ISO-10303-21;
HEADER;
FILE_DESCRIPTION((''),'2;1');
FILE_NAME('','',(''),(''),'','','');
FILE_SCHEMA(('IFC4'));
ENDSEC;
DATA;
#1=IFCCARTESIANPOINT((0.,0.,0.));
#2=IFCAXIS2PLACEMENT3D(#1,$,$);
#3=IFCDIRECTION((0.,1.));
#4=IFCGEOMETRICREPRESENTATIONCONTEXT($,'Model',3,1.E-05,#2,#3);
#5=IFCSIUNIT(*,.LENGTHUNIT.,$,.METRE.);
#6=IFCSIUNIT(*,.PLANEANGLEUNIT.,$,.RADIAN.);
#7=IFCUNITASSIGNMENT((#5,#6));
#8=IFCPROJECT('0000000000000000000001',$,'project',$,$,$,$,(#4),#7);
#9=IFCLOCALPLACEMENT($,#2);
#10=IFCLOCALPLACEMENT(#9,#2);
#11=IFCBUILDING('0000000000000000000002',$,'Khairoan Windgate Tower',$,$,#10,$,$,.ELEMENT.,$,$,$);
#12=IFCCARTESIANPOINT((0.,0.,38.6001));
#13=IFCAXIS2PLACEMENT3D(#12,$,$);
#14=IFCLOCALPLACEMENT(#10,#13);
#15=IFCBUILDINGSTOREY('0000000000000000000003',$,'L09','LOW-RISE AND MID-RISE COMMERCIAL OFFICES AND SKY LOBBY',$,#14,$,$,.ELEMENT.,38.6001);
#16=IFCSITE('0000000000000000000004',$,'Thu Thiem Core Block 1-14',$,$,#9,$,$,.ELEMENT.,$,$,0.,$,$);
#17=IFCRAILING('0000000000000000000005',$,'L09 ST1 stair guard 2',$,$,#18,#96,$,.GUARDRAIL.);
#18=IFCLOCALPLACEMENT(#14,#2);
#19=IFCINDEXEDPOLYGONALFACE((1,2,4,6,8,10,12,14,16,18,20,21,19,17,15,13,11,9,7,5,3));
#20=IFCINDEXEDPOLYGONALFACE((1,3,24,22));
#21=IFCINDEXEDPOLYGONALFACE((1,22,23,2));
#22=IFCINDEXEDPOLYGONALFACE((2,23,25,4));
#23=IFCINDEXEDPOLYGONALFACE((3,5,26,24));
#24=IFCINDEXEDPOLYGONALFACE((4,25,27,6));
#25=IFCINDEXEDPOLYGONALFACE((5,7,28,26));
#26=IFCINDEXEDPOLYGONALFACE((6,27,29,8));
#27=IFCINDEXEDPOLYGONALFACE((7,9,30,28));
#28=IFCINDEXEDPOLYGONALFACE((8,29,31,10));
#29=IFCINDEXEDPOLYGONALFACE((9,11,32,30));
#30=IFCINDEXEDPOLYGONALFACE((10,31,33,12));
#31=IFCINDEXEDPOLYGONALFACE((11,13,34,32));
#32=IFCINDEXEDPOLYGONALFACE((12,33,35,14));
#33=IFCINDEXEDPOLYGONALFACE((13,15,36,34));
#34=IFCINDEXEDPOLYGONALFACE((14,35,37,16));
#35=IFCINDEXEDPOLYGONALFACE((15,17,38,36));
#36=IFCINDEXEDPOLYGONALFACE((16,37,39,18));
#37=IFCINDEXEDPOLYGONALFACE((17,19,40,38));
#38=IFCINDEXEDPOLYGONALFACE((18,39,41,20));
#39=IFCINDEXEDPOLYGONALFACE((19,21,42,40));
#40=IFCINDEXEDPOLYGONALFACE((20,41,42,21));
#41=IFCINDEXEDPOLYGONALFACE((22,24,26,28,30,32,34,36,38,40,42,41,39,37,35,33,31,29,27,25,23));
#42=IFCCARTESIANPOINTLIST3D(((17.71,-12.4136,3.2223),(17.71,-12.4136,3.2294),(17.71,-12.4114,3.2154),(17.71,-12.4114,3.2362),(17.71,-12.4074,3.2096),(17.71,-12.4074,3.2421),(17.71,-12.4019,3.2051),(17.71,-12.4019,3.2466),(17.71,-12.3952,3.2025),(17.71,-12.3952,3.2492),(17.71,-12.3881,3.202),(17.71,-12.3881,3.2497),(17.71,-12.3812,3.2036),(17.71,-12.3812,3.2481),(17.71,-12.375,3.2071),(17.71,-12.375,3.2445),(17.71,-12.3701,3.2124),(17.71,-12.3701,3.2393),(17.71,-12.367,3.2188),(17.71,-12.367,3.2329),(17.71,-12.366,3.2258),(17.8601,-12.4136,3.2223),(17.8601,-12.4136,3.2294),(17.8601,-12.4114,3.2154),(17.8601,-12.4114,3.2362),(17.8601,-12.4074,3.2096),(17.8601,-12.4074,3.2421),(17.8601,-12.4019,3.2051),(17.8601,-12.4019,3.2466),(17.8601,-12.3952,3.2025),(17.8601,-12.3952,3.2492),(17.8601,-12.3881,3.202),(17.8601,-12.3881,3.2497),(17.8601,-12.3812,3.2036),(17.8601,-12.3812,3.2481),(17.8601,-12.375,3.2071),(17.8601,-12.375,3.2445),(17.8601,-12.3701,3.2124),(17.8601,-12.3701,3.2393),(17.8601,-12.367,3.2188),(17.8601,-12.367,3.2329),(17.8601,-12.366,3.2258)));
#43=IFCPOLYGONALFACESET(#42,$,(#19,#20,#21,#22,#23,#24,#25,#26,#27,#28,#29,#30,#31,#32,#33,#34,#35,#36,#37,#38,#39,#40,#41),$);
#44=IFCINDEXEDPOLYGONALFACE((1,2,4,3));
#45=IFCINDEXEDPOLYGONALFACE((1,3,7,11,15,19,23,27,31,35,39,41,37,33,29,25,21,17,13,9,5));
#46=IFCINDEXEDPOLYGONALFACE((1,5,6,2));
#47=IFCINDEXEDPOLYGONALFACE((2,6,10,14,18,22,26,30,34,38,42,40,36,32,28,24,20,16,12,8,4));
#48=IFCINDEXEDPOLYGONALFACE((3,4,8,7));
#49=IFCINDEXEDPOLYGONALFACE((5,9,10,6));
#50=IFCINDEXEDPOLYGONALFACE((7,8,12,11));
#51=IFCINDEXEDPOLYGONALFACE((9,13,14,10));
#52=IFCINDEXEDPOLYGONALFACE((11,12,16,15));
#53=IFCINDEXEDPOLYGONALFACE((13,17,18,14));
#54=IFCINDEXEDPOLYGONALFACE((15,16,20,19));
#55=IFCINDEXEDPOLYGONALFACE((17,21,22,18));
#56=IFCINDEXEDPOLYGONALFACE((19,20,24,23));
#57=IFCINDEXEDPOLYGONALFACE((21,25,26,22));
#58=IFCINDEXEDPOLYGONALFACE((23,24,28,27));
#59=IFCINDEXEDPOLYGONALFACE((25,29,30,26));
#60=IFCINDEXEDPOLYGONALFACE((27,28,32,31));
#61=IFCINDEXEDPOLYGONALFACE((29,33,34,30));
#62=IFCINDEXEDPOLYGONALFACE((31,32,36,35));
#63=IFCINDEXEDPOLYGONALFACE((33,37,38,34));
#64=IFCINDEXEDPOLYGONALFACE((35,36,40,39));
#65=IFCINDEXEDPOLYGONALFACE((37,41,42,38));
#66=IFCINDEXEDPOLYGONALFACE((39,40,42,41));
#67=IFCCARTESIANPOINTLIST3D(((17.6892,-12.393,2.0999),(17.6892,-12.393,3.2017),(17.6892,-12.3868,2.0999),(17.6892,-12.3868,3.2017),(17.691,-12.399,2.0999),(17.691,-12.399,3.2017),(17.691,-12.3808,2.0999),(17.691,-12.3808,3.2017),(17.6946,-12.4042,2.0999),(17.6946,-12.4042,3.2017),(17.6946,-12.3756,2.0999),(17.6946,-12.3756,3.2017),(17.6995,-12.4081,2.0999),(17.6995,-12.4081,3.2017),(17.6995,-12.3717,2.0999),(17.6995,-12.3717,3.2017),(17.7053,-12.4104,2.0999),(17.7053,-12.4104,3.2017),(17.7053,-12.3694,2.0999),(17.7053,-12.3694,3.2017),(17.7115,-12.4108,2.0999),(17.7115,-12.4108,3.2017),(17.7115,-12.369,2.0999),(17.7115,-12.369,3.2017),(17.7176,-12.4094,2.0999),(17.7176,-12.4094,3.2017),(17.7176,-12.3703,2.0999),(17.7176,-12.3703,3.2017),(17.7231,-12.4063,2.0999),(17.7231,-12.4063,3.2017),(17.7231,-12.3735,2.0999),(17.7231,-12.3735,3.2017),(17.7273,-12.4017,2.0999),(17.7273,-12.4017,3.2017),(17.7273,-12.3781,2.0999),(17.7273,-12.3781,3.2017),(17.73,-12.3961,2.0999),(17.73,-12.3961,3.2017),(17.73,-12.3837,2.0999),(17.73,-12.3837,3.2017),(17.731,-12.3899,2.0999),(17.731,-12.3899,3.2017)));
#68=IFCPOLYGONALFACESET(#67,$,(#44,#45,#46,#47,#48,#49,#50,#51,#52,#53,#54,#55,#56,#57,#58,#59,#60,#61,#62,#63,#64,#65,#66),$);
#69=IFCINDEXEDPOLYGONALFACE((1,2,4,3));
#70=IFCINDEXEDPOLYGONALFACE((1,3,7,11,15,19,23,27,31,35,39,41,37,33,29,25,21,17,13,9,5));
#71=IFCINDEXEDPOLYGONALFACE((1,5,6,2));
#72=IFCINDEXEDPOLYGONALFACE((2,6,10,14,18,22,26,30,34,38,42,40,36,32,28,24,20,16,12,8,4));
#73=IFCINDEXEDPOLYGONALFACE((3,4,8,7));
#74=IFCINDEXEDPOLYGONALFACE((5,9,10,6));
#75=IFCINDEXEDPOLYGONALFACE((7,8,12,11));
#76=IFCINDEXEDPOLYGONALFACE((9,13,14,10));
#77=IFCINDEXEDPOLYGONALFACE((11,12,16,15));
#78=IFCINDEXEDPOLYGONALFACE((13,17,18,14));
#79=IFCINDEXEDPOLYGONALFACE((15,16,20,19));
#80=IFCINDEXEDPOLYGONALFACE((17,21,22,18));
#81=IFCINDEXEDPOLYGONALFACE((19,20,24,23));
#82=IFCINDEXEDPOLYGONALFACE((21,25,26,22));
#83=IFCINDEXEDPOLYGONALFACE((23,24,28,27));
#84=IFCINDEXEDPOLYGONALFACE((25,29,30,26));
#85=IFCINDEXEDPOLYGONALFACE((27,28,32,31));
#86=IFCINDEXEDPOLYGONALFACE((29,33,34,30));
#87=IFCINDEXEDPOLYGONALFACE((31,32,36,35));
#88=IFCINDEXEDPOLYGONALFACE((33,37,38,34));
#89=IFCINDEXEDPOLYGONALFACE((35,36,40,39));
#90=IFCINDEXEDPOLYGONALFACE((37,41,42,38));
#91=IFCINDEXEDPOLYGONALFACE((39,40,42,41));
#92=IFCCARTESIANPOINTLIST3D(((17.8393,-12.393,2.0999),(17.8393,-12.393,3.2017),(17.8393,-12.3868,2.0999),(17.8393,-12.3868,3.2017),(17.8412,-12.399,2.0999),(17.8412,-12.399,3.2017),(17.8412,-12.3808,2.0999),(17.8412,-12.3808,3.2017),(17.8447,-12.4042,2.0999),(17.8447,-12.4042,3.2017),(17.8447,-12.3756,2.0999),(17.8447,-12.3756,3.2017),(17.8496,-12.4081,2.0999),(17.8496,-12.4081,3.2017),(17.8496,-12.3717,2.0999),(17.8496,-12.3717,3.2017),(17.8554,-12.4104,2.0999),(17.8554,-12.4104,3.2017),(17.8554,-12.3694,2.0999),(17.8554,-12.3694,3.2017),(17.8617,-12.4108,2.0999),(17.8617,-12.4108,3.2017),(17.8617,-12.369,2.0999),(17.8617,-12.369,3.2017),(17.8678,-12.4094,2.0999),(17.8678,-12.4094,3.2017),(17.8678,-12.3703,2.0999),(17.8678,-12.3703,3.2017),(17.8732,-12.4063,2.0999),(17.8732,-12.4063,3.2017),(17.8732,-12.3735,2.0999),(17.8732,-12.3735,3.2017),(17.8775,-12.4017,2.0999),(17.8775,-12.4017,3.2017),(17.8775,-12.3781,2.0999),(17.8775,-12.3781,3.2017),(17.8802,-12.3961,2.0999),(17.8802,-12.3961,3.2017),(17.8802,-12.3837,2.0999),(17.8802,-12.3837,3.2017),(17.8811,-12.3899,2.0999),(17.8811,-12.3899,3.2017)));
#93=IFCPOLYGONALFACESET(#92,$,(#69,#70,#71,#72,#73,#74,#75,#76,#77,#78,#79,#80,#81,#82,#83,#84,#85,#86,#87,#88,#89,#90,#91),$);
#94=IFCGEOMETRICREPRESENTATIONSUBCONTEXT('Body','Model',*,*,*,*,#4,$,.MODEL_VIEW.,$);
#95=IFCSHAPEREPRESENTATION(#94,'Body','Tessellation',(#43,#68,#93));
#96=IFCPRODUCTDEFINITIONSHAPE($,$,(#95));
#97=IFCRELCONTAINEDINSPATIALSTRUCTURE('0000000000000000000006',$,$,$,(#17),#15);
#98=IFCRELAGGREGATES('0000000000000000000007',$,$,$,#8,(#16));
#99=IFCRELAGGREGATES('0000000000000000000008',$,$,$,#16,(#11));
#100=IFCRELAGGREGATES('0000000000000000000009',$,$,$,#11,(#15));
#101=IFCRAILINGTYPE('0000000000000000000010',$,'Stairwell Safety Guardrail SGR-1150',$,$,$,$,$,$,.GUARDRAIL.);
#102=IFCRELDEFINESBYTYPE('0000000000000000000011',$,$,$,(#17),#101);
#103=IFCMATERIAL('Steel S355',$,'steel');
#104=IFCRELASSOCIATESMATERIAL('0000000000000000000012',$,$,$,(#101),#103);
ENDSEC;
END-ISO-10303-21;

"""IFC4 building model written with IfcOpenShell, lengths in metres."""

from ifc_helpers import new_model, si_unit, direction, frame, origin, origin_2d, place, context, subcontext, project, spatial, circle, extrude, material, type_object, element, save


model = new_model("IFC4")

# Units and contexts
model_context = context("Model", 3, precision=1e-05, world=origin(), true_north=direction((0.0, 1.0)))
body_context = subcontext(model_context, "Body", "Model", "MODEL_VIEW")
ifc_project = project(units=[si_unit("LENGTHUNIT", "METRE"), si_unit("PLANEANGLEUNIT", "RADIAN")], contexts=[model_context])

# Site, building, storey
site_placement = place(None, origin())
site = spatial("IfcSite", under=ifc_project, at=site_placement, Name="Thu Thiem Core Block 1-14", CompositionType="ELEMENT", RefElevation=0.0)
building_placement = place(site_placement, origin())
building = spatial("IfcBuilding", under=site, at=building_placement, Name="Khairoan Windgate Tower", CompositionType="ELEMENT")
storey_placement = place(building_placement, frame((0.0, 0.0, 38.6001)))
storey = spatial("IfcBuildingStorey", under=building, at=storey_placement, Name="L09", Description="LOW-RISE AND MID-RISE COMMERCIAL OFFICES AND SKY LOBBY", CompositionType="ELEMENT", Elevation=38.6001)

# Railing
ifc_material_1 = material(Name="Steel S355", Category="steel")
railing_type_1 = type_object("IfcRailingType", Name="Stairwell Safety Guardrail SGR-1150", PredefinedType="GUARDRAIL", material=ifc_material_1)
railing_1_placement = place(storey_placement, frame((17.71, -12.3899, 2.0999)))
element("IfcRailing", 1, at=railing_1_placement, inside=storey, type_object=railing_type_1, Name="L09 ST1 stair guard 2", PredefinedType="GUARDRAIL", context=body_context, shape_type="SweptSolid", body=[
    extrude(circle(Radius=0.0239, at=origin_2d()), frame((0.0, 0.0, 1.126), z_axis=(1.0, 0.0, 0.0), x_axis=(0.0, 1.0, 0.0)), (0.0, 0.0, 1.0), 0.1501),
    extrude(circle(Radius=0.021, at=origin_2d()), origin(), (0.0, 0.0, 1.0), 1.1018),
    extrude(circle(Radius=0.021, at=origin_2d()), frame((0.1501, 0.0, 0.0)), (0.0, 0.0, 1.0), 1.1018),
])

save(model, "model.ifc")
